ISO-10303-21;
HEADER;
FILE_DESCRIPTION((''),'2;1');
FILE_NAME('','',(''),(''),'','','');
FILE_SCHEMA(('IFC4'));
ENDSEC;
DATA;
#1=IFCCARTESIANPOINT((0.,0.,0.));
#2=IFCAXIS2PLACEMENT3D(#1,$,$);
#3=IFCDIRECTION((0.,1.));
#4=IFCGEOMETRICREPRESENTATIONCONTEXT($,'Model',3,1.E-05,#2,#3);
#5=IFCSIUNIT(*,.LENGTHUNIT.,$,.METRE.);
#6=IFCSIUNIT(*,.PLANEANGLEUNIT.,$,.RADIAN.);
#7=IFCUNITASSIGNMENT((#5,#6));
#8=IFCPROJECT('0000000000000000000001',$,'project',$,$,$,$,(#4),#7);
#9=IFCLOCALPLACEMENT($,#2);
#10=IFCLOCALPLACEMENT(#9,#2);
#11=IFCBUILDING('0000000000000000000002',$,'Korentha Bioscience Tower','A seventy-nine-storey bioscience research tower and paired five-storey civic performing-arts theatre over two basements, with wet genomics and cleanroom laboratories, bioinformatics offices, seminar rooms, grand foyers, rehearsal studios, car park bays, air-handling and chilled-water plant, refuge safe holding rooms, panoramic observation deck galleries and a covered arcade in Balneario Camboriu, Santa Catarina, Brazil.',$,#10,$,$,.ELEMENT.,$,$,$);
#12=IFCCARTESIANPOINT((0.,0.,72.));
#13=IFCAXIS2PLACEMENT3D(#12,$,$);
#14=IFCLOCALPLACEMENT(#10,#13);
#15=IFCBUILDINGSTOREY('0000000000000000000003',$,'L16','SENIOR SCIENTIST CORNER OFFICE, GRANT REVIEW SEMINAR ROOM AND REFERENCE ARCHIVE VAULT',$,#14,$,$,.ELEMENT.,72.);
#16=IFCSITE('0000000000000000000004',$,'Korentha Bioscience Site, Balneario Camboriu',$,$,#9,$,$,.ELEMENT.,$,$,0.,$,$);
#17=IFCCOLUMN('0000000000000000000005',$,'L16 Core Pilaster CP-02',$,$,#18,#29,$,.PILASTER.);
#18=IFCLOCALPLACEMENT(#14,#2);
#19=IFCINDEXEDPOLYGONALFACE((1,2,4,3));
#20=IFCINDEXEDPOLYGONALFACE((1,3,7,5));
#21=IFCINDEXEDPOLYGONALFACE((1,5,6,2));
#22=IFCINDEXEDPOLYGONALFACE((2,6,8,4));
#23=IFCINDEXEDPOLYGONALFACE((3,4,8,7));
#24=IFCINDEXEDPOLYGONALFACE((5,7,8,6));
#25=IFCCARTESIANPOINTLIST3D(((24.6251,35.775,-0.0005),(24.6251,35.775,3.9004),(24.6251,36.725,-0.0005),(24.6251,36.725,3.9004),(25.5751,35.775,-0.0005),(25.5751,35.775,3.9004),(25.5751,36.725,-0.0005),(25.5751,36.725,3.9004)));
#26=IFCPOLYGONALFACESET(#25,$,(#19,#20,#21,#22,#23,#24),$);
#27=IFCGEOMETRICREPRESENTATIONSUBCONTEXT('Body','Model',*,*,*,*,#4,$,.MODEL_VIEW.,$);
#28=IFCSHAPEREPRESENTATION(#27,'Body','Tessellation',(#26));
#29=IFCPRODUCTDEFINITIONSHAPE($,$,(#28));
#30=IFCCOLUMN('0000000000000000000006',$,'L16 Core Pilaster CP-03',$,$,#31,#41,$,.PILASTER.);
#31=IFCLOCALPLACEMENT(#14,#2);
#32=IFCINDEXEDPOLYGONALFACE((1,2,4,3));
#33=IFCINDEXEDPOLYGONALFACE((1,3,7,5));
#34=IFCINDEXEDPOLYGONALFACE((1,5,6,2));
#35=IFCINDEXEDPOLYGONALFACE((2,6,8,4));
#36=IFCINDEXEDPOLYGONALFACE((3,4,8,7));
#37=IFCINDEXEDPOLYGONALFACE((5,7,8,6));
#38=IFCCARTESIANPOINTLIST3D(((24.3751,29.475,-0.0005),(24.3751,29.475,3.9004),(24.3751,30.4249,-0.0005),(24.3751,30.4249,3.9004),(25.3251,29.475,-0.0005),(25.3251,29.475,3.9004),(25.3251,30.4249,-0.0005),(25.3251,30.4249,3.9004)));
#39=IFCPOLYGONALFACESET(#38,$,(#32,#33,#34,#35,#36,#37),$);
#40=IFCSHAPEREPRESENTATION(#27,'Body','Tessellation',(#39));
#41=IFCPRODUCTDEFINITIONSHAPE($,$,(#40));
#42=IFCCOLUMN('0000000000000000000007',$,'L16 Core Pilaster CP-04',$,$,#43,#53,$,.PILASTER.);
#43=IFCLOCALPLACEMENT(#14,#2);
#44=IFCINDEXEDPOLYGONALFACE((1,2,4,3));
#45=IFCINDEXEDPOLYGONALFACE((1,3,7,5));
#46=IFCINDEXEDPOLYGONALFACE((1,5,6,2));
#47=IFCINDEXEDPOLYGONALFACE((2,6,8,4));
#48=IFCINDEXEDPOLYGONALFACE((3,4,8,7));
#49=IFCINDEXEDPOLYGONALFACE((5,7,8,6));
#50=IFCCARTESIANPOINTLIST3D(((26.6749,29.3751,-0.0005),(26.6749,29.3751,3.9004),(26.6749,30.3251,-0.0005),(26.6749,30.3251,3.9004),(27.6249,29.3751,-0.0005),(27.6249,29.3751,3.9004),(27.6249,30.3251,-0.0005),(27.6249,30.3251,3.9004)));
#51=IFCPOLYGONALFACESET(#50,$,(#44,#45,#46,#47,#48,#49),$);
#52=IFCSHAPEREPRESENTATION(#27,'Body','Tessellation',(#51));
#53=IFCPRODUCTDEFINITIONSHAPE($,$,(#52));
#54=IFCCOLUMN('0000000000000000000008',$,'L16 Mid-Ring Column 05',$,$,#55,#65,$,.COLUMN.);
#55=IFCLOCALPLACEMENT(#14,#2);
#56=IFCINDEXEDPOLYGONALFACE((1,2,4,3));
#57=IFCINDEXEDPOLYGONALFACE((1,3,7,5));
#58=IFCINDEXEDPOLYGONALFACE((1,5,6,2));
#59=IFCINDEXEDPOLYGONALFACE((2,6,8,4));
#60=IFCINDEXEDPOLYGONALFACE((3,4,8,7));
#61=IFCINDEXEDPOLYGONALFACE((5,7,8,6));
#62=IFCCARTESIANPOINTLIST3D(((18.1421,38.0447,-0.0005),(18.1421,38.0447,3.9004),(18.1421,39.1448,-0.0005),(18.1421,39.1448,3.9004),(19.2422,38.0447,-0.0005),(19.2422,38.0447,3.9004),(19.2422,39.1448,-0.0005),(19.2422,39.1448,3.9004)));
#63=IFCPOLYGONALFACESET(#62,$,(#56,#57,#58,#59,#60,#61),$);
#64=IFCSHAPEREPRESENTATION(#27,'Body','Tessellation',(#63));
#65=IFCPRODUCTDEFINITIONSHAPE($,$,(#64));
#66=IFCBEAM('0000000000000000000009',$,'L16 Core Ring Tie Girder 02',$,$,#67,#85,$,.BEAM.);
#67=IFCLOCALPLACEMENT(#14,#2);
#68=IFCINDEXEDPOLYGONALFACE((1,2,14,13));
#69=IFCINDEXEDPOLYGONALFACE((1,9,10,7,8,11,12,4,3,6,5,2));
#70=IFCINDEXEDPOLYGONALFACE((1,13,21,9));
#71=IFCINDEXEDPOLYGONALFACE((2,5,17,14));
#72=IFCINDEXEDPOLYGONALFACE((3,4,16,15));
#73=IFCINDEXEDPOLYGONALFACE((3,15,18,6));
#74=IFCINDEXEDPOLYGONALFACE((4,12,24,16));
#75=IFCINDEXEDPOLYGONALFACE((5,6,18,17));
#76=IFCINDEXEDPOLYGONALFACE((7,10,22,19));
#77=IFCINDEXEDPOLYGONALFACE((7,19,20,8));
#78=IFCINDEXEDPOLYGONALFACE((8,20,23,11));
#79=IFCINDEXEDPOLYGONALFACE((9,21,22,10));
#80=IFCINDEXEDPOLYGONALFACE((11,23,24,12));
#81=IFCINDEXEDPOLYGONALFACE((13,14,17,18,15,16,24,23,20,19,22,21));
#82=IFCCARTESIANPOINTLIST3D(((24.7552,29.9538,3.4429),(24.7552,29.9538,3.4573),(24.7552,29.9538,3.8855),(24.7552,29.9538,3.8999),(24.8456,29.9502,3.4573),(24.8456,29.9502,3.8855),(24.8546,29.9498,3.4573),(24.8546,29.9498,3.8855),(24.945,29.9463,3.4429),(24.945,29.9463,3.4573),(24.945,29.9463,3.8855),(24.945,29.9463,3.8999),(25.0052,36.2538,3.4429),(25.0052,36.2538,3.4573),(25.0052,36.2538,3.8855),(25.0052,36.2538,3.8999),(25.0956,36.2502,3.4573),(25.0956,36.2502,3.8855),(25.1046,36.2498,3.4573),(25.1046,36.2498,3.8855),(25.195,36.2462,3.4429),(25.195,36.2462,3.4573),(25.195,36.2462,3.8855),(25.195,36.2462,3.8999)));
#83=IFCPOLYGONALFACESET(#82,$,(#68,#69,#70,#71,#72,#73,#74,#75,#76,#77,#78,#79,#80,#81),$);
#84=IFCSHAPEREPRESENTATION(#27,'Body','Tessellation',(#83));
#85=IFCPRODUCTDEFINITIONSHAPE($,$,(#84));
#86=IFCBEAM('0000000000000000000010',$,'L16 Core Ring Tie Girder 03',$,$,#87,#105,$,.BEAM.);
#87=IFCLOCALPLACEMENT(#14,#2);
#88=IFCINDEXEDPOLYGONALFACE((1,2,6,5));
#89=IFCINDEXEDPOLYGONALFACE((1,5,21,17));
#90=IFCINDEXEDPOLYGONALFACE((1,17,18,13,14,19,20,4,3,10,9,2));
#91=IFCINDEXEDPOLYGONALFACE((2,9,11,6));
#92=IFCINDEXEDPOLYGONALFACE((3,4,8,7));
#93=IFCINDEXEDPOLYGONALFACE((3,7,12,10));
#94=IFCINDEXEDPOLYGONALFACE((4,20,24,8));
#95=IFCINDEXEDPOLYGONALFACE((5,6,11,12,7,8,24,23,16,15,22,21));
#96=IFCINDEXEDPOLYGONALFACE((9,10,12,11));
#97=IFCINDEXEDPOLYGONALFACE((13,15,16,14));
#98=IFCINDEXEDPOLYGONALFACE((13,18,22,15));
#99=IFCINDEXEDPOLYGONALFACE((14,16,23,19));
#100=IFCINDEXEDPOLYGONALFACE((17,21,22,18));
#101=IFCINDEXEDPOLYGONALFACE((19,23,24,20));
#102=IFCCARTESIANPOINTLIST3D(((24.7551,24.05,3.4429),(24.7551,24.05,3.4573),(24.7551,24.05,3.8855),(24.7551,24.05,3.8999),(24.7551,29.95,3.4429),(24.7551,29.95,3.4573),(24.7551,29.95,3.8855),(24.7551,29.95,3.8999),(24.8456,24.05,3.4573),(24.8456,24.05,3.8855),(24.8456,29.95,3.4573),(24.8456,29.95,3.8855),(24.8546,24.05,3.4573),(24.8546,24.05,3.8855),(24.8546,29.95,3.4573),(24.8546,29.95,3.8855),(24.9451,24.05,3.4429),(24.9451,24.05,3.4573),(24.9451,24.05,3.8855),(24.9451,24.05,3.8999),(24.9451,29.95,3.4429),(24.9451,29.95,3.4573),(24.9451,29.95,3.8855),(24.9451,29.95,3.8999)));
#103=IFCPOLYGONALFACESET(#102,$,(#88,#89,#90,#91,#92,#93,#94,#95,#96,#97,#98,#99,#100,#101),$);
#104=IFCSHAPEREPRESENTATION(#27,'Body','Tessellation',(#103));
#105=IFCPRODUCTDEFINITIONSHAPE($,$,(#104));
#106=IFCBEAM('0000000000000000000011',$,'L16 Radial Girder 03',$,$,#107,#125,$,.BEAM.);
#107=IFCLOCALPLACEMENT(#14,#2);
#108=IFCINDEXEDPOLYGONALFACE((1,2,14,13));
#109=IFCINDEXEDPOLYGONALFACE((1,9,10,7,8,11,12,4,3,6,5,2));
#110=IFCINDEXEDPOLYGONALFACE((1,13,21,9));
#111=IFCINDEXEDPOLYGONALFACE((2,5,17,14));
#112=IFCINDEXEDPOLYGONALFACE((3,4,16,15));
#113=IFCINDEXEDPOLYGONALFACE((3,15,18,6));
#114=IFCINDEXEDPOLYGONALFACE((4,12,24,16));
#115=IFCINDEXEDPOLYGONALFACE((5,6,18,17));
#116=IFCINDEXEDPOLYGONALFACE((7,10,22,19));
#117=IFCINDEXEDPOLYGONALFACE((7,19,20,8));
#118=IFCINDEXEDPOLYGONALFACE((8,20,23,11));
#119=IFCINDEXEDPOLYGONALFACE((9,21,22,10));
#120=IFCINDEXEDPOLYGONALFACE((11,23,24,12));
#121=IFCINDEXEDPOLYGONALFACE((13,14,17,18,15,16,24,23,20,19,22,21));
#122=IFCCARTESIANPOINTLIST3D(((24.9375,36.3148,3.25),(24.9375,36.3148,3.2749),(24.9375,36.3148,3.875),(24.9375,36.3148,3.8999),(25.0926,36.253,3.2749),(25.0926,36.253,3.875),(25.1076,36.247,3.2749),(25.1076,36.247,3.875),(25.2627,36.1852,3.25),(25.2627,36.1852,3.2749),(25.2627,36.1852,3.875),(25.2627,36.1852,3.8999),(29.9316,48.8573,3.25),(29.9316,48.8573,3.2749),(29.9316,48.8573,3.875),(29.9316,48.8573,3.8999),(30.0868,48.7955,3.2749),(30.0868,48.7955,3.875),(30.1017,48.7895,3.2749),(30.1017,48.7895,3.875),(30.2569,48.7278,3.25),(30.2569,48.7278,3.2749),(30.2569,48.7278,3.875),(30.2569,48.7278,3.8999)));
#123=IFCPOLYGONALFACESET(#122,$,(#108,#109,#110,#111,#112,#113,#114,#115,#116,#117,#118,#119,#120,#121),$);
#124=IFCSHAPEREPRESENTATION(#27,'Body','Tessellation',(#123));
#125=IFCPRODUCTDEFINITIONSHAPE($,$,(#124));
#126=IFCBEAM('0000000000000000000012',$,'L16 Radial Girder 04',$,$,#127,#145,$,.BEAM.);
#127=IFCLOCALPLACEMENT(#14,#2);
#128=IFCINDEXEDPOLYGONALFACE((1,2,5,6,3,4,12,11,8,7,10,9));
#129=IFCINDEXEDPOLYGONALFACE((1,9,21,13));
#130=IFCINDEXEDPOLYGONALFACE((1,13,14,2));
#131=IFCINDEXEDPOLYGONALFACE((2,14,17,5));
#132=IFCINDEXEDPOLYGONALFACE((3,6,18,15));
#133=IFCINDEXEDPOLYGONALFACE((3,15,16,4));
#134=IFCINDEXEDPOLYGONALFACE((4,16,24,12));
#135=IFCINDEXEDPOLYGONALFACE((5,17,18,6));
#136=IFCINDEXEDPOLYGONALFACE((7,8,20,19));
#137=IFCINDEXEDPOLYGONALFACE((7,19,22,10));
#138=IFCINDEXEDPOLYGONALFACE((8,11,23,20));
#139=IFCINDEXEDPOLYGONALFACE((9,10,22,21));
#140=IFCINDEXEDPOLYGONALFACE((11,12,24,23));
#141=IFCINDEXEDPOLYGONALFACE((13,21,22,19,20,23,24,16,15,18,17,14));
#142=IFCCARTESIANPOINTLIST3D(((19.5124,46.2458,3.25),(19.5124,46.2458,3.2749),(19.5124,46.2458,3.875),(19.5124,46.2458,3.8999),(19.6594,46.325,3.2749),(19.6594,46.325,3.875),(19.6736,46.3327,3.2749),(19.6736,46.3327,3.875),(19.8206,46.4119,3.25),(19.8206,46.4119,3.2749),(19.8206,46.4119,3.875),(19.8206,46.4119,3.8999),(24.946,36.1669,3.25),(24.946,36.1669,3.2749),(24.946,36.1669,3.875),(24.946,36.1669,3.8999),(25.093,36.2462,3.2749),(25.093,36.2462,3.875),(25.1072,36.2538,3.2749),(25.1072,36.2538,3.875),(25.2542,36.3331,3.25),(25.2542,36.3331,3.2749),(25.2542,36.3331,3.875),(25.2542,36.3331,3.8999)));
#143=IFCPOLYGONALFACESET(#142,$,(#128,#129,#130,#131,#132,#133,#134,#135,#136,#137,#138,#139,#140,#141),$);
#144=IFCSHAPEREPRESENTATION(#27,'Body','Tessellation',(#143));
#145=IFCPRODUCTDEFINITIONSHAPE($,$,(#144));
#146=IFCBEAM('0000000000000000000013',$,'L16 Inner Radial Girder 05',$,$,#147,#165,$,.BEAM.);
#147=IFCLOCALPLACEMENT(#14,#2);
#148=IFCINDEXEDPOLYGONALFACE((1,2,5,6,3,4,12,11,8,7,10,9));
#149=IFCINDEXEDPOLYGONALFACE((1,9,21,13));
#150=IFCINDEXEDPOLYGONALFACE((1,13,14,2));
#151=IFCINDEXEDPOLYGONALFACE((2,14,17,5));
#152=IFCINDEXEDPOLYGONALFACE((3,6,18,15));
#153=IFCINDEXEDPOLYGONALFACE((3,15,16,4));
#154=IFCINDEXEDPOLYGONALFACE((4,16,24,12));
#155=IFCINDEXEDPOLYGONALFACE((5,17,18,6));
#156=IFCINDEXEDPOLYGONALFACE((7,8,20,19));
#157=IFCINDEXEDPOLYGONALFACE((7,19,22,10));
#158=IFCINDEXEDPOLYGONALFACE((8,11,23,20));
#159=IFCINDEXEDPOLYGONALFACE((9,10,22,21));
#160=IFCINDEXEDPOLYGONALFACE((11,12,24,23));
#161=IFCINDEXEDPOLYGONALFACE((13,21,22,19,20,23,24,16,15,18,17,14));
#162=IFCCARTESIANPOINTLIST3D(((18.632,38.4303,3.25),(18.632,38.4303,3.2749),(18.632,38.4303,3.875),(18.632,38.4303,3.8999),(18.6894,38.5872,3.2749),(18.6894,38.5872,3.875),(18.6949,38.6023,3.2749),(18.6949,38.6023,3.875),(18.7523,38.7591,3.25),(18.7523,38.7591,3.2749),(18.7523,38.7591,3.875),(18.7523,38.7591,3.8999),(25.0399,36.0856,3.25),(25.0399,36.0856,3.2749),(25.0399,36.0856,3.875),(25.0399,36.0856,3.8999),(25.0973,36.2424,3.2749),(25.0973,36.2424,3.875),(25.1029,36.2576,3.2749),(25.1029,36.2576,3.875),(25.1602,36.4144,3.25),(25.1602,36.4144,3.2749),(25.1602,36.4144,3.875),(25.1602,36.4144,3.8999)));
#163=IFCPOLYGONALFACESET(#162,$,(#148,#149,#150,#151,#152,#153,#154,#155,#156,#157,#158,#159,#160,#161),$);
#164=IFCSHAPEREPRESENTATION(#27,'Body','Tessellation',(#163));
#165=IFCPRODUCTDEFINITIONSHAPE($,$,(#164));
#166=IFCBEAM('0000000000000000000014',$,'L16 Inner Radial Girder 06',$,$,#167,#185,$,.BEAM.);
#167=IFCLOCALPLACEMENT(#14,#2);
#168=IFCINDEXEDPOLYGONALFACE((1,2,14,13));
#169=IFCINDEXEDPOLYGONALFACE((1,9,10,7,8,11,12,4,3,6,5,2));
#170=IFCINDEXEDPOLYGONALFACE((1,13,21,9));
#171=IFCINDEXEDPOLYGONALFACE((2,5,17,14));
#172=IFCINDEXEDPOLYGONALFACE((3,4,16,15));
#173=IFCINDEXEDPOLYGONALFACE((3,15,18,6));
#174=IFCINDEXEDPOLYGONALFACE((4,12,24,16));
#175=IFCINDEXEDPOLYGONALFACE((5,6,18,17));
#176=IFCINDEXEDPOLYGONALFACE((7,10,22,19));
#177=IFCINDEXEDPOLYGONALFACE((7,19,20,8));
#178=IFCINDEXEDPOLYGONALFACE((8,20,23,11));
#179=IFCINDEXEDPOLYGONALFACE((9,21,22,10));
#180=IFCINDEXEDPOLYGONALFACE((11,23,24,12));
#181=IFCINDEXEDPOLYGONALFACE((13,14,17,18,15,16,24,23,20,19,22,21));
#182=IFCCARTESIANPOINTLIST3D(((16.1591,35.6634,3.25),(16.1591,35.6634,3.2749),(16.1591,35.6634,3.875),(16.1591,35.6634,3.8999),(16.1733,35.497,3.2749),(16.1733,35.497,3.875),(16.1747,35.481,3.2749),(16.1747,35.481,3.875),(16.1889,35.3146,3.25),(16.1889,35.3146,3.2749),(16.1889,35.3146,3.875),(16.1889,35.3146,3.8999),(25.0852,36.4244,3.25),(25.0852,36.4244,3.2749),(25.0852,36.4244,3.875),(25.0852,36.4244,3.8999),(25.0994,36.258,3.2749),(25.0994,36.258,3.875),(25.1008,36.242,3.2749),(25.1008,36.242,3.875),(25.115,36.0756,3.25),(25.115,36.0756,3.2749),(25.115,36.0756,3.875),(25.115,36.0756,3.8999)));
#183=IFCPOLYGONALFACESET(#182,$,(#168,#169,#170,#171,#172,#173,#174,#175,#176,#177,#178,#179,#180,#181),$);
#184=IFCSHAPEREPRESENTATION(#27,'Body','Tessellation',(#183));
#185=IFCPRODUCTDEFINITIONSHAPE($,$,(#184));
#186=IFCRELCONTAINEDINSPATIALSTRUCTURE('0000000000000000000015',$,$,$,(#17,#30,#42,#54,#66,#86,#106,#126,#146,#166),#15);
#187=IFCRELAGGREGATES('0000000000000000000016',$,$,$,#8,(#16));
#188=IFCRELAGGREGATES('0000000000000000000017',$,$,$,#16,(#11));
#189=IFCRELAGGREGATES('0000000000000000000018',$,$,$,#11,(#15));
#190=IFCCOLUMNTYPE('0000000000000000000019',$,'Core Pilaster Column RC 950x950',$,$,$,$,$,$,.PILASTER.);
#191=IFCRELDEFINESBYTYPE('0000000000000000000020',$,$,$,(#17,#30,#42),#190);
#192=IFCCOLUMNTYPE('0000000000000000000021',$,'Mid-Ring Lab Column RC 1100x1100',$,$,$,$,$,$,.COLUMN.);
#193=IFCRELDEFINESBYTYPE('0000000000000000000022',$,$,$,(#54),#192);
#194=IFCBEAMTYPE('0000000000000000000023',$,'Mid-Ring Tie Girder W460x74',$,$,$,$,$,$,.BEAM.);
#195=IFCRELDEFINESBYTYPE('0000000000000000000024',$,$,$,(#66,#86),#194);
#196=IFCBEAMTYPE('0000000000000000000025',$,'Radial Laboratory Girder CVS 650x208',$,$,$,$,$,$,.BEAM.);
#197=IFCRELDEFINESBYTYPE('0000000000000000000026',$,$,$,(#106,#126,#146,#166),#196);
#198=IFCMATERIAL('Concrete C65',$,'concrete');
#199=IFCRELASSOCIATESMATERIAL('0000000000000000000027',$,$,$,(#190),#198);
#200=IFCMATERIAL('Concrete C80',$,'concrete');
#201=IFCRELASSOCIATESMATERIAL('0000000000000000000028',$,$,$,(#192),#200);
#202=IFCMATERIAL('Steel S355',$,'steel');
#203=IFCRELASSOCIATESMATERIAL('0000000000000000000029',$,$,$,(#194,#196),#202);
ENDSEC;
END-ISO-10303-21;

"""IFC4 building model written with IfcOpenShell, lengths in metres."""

from ifc_helpers import new_model, si_unit, direction, frame, origin, origin_2d, place, context, subcontext, project, spatial, rectangle, i_section, extrude, material, material_profile, profile_set, type_object, element, save


model = new_model("IFC4")

# Units and contexts
model_context = context("Model", 3, precision=1e-05, world=origin(), true_north=direction((0.0, 1.0)))
body_context = subcontext(model_context, "Body", "Model", "MODEL_VIEW")
ifc_project = project(units=[si_unit("LENGTHUNIT", "METRE"), si_unit("PLANEANGLEUNIT", "RADIAN")], contexts=[model_context])

# Site, building, storey
site_placement = place(None, origin())
site = spatial("IfcSite", under=ifc_project, at=site_placement, Name="Korentha Bioscience Site, Balneario Camboriu", CompositionType="ELEMENT", RefElevation=0.0)
building_placement = place(site_placement, origin())
building = spatial("IfcBuilding", under=site, at=building_placement, Name="Korentha Bioscience Tower", Description="A seventy-nine-storey bioscience research tower and paired five-storey civic performing-arts theatre over two basements, with wet genomics and cleanroom laboratories, bioinformatics offices, seminar rooms, grand foyers, rehearsal studios, car park bays, air-handling and chilled-water plant, refuge safe holding rooms, panoramic observation deck galleries and a covered arcade in Balneario Camboriu, Santa Catarina, Brazil.", CompositionType="ELEMENT")
storey_placement = place(building_placement, frame((0.0, 0.0, 72.0)))
storey = spatial("IfcBuildingStorey", under=building, at=storey_placement, Name="L16", Description="SENIOR SCIENTIST CORNER OFFICE, GRANT REVIEW SEMINAR ROOM AND REFERENCE ARCHIVE VAULT", CompositionType="ELEMENT", Elevation=72.0)

# Columns
ifc_material_1 = material(Name="Concrete C65", Category="concrete")
ifc_material_profile_1 = material_profile(ifc_material_1, rectangle(XDim=0.95, YDim=0.95, at=origin_2d()), Name="Concrete C65")
ifc_profile_set_1 = profile_set([ifc_material_profile_1], Name="Concrete C65 (COL-CP09)")
column_type_1 = type_object("IfcColumnType", Name="Core Pilaster Column RC 950x950", PredefinedType="PILASTER", material=ifc_profile_set_1)
for number, where, z_axis, x_axis, name in (
    (1, (25.1001, 36.25, -0.0005), (0.0, 0.0, 1.0), (1.0, 0.0, 0.0), "L16 Core Pilaster CP-02"),
    (2, (24.8501, 29.95, -0.0005), (0.0, 0.0, 1.0), (1.0, 0.0, 0.0), "L16 Core Pilaster CP-03"),
    (3, (27.1499, 29.8501, -0.0005), (0.0, 0.0, 1.0), (1.0, 0.0, 0.0), "L16 Core Pilaster CP-04"),
):
    element("IfcColumn", number, at=place(storey_placement, frame(where, z_axis=z_axis, x_axis=x_axis)), inside=storey, type_object=column_type_1, Name=name, PredefinedType="PILASTER", context=body_context, shape_type="SweptSolid", body=[
        extrude(rectangle(XDim=0.95, YDim=0.95, at=origin_2d()), origin(), (0.0, 0.0, 1.0), 3.9009),
    ])
ifc_material_2 = material(Name="Concrete C80", Category="concrete")
ifc_material_profile_2 = material_profile(ifc_material_2, rectangle(XDim=1.1001, YDim=1.1001, at=origin_2d()), Name="Concrete C80")
ifc_profile_set_2 = profile_set([ifc_material_profile_2], Name="Concrete C80 (COL-MR11)")
column_type_2 = type_object("IfcColumnType", Name="Mid-Ring Lab Column RC 1100x1100", PredefinedType="COLUMN", material=ifc_profile_set_2)
column_placement = place(storey_placement, frame((18.6921, 38.5947, -0.0005), z_axis=(0.0, 0.0, 1.0), x_axis=(1.0, 0.0, 0.0)))
element("IfcColumn", 4, at=column_placement, inside=storey, type_object=column_type_2, Name="L16 Mid-Ring Column 05", PredefinedType="COLUMN", context=body_context, shape_type="SweptSolid", body=[
    extrude(rectangle(XDim=1.1001, YDim=1.1001, at=origin_2d()), origin(), (0.0, 0.0, 1.0), 3.9009),
])

# Beams
ifc_material_3 = material(Name="Steel S355", Category="steel")
ifc_material_profile_3 = material_profile(ifc_material_3, i_section(OverallWidth=0.1899, OverallDepth=0.457, WebThickness=0.009, FlangeThickness=0.0144, at=origin_2d()), Name="Steel S355")
ifc_profile_set_3 = profile_set([ifc_material_profile_3], Name="Steel S355 (MB-460)")
beam_type_1 = type_object("IfcBeamType", Name="Mid-Ring Tie Girder W460x74", PredefinedType="BEAM", material=ifc_profile_set_3)
beam_1_placement = place(storey_placement, frame((25.1001, 36.25, 3.6714), z_axis=(-0.039651, -0.999214, 0.0), x_axis=(0.999214, -0.039651, 0.0)))
element("IfcBeam", 5, at=beam_1_placement, inside=storey, type_object=beam_type_1, Name="L16 Core Ring Tie Girder 02", PredefinedType="BEAM", context=body_context, shape_type="SweptSolid", body=[
    extrude(i_section(OverallWidth=0.1899, OverallDepth=0.457, WebThickness=0.009, FlangeThickness=0.0144, at=origin_2d()), origin(), (0.0, 0.0, 1.0), 6.3049),
])
beam_2_placement = place(storey_placement, frame((24.8501, 29.95, 3.6714), z_axis=(0.0, -1.0, 0.0), x_axis=(1.0, 0.0, 0.0)))
element("IfcBeam", 6, at=beam_2_placement, inside=storey, type_object=beam_type_1, Name="L16 Core Ring Tie Girder 03", PredefinedType="BEAM", context=body_context, shape_type="SweptSolid", body=[
    extrude(i_section(OverallWidth=0.1899, OverallDepth=0.457, WebThickness=0.009, FlangeThickness=0.0144, at=origin_2d()), origin(), (0.0, 0.0, 1.0), 5.8999),
])
ifc_material_profile_4 = material_profile(ifc_material_3, i_section(OverallWidth=0.3501, OverallDepth=0.6499, WebThickness=0.0161, FlangeThickness=0.0249, at=origin_2d()), Name="Steel S355")
ifc_profile_set_4 = profile_set([ifc_material_profile_4], Name="Steel S355 (RB-650)")
beam_type_2 = type_object("IfcBeamType", Name="Radial Laboratory Girder CVS 650x208", PredefinedType="BEAM", material=ifc_profile_set_4)
beam_3_placement = place(storey_placement, frame((25.1001, 36.25, 3.575), z_axis=(0.369931, 0.929059, 0.0), x_axis=(-0.929059, 0.369931, 0.0)))
element("IfcBeam", 7, at=beam_3_placement, inside=storey, type_object=beam_type_2, Name="L16 Radial Girder 03", PredefinedType="BEAM", context=body_context, shape_type="SweptSolid", body=[
    extrude(i_section(OverallWidth=0.3501, OverallDepth=0.6499, WebThickness=0.0161, FlangeThickness=0.0249, at=origin_2d()), origin(), (0.0, 0.0, 1.0), 13.5002),
])
beam_4_placement = place(storey_placement, frame((25.1001, 36.25, 3.575), z_axis=(-0.474541, 0.880233, 0.0), x_axis=(-0.880233, -0.474541, 0.0)))
element("IfcBeam", 8, at=beam_4_placement, inside=storey, type_object=beam_type_2, Name="L16 Radial Girder 04", PredefinedType="BEAM", context=body_context, shape_type="SweptSolid", body=[
    extrude(i_section(OverallWidth=0.3501, OverallDepth=0.6499, WebThickness=0.0161, FlangeThickness=0.0249, at=origin_2d()), origin(), (0.0, 0.0, 1.0), 11.4502),
])
beam_5_placement = place(storey_placement, frame((25.1001, 36.25, 3.575), z_axis=(-0.939106, 0.343627, 0.0), x_axis=(-0.343627, -0.939106, 0.0)))
element("IfcBeam", 9, at=beam_5_placement, inside=storey, type_object=beam_type_2, Name="L16 Inner Radial Girder 05", PredefinedType="BEAM", context=body_context, shape_type="SweptSolid", body=[
    extrude(i_section(OverallWidth=0.3501, OverallDepth=0.6499, WebThickness=0.0161, FlangeThickness=0.0249, at=origin_2d()), origin(), (0.0, 0.0, 1.0), 6.8235),
])
beam_6_placement = place(storey_placement, frame((25.1001, 36.25, 3.575), z_axis=(-0.996386, -0.084947, 0.0), x_axis=(0.084947, -0.996386, 0.0)))
element("IfcBeam", 10, at=beam_6_placement, inside=storey, type_object=beam_type_2, Name="L16 Inner Radial Girder 06", PredefinedType="BEAM", context=body_context, shape_type="SweptSolid", body=[
    extrude(i_section(OverallWidth=0.3501, OverallDepth=0.6499, WebThickness=0.0161, FlangeThickness=0.0249, at=origin_2d()), origin(), (0.0, 0.0, 1.0), 8.9585),
])

save(model, "model.ifc")
